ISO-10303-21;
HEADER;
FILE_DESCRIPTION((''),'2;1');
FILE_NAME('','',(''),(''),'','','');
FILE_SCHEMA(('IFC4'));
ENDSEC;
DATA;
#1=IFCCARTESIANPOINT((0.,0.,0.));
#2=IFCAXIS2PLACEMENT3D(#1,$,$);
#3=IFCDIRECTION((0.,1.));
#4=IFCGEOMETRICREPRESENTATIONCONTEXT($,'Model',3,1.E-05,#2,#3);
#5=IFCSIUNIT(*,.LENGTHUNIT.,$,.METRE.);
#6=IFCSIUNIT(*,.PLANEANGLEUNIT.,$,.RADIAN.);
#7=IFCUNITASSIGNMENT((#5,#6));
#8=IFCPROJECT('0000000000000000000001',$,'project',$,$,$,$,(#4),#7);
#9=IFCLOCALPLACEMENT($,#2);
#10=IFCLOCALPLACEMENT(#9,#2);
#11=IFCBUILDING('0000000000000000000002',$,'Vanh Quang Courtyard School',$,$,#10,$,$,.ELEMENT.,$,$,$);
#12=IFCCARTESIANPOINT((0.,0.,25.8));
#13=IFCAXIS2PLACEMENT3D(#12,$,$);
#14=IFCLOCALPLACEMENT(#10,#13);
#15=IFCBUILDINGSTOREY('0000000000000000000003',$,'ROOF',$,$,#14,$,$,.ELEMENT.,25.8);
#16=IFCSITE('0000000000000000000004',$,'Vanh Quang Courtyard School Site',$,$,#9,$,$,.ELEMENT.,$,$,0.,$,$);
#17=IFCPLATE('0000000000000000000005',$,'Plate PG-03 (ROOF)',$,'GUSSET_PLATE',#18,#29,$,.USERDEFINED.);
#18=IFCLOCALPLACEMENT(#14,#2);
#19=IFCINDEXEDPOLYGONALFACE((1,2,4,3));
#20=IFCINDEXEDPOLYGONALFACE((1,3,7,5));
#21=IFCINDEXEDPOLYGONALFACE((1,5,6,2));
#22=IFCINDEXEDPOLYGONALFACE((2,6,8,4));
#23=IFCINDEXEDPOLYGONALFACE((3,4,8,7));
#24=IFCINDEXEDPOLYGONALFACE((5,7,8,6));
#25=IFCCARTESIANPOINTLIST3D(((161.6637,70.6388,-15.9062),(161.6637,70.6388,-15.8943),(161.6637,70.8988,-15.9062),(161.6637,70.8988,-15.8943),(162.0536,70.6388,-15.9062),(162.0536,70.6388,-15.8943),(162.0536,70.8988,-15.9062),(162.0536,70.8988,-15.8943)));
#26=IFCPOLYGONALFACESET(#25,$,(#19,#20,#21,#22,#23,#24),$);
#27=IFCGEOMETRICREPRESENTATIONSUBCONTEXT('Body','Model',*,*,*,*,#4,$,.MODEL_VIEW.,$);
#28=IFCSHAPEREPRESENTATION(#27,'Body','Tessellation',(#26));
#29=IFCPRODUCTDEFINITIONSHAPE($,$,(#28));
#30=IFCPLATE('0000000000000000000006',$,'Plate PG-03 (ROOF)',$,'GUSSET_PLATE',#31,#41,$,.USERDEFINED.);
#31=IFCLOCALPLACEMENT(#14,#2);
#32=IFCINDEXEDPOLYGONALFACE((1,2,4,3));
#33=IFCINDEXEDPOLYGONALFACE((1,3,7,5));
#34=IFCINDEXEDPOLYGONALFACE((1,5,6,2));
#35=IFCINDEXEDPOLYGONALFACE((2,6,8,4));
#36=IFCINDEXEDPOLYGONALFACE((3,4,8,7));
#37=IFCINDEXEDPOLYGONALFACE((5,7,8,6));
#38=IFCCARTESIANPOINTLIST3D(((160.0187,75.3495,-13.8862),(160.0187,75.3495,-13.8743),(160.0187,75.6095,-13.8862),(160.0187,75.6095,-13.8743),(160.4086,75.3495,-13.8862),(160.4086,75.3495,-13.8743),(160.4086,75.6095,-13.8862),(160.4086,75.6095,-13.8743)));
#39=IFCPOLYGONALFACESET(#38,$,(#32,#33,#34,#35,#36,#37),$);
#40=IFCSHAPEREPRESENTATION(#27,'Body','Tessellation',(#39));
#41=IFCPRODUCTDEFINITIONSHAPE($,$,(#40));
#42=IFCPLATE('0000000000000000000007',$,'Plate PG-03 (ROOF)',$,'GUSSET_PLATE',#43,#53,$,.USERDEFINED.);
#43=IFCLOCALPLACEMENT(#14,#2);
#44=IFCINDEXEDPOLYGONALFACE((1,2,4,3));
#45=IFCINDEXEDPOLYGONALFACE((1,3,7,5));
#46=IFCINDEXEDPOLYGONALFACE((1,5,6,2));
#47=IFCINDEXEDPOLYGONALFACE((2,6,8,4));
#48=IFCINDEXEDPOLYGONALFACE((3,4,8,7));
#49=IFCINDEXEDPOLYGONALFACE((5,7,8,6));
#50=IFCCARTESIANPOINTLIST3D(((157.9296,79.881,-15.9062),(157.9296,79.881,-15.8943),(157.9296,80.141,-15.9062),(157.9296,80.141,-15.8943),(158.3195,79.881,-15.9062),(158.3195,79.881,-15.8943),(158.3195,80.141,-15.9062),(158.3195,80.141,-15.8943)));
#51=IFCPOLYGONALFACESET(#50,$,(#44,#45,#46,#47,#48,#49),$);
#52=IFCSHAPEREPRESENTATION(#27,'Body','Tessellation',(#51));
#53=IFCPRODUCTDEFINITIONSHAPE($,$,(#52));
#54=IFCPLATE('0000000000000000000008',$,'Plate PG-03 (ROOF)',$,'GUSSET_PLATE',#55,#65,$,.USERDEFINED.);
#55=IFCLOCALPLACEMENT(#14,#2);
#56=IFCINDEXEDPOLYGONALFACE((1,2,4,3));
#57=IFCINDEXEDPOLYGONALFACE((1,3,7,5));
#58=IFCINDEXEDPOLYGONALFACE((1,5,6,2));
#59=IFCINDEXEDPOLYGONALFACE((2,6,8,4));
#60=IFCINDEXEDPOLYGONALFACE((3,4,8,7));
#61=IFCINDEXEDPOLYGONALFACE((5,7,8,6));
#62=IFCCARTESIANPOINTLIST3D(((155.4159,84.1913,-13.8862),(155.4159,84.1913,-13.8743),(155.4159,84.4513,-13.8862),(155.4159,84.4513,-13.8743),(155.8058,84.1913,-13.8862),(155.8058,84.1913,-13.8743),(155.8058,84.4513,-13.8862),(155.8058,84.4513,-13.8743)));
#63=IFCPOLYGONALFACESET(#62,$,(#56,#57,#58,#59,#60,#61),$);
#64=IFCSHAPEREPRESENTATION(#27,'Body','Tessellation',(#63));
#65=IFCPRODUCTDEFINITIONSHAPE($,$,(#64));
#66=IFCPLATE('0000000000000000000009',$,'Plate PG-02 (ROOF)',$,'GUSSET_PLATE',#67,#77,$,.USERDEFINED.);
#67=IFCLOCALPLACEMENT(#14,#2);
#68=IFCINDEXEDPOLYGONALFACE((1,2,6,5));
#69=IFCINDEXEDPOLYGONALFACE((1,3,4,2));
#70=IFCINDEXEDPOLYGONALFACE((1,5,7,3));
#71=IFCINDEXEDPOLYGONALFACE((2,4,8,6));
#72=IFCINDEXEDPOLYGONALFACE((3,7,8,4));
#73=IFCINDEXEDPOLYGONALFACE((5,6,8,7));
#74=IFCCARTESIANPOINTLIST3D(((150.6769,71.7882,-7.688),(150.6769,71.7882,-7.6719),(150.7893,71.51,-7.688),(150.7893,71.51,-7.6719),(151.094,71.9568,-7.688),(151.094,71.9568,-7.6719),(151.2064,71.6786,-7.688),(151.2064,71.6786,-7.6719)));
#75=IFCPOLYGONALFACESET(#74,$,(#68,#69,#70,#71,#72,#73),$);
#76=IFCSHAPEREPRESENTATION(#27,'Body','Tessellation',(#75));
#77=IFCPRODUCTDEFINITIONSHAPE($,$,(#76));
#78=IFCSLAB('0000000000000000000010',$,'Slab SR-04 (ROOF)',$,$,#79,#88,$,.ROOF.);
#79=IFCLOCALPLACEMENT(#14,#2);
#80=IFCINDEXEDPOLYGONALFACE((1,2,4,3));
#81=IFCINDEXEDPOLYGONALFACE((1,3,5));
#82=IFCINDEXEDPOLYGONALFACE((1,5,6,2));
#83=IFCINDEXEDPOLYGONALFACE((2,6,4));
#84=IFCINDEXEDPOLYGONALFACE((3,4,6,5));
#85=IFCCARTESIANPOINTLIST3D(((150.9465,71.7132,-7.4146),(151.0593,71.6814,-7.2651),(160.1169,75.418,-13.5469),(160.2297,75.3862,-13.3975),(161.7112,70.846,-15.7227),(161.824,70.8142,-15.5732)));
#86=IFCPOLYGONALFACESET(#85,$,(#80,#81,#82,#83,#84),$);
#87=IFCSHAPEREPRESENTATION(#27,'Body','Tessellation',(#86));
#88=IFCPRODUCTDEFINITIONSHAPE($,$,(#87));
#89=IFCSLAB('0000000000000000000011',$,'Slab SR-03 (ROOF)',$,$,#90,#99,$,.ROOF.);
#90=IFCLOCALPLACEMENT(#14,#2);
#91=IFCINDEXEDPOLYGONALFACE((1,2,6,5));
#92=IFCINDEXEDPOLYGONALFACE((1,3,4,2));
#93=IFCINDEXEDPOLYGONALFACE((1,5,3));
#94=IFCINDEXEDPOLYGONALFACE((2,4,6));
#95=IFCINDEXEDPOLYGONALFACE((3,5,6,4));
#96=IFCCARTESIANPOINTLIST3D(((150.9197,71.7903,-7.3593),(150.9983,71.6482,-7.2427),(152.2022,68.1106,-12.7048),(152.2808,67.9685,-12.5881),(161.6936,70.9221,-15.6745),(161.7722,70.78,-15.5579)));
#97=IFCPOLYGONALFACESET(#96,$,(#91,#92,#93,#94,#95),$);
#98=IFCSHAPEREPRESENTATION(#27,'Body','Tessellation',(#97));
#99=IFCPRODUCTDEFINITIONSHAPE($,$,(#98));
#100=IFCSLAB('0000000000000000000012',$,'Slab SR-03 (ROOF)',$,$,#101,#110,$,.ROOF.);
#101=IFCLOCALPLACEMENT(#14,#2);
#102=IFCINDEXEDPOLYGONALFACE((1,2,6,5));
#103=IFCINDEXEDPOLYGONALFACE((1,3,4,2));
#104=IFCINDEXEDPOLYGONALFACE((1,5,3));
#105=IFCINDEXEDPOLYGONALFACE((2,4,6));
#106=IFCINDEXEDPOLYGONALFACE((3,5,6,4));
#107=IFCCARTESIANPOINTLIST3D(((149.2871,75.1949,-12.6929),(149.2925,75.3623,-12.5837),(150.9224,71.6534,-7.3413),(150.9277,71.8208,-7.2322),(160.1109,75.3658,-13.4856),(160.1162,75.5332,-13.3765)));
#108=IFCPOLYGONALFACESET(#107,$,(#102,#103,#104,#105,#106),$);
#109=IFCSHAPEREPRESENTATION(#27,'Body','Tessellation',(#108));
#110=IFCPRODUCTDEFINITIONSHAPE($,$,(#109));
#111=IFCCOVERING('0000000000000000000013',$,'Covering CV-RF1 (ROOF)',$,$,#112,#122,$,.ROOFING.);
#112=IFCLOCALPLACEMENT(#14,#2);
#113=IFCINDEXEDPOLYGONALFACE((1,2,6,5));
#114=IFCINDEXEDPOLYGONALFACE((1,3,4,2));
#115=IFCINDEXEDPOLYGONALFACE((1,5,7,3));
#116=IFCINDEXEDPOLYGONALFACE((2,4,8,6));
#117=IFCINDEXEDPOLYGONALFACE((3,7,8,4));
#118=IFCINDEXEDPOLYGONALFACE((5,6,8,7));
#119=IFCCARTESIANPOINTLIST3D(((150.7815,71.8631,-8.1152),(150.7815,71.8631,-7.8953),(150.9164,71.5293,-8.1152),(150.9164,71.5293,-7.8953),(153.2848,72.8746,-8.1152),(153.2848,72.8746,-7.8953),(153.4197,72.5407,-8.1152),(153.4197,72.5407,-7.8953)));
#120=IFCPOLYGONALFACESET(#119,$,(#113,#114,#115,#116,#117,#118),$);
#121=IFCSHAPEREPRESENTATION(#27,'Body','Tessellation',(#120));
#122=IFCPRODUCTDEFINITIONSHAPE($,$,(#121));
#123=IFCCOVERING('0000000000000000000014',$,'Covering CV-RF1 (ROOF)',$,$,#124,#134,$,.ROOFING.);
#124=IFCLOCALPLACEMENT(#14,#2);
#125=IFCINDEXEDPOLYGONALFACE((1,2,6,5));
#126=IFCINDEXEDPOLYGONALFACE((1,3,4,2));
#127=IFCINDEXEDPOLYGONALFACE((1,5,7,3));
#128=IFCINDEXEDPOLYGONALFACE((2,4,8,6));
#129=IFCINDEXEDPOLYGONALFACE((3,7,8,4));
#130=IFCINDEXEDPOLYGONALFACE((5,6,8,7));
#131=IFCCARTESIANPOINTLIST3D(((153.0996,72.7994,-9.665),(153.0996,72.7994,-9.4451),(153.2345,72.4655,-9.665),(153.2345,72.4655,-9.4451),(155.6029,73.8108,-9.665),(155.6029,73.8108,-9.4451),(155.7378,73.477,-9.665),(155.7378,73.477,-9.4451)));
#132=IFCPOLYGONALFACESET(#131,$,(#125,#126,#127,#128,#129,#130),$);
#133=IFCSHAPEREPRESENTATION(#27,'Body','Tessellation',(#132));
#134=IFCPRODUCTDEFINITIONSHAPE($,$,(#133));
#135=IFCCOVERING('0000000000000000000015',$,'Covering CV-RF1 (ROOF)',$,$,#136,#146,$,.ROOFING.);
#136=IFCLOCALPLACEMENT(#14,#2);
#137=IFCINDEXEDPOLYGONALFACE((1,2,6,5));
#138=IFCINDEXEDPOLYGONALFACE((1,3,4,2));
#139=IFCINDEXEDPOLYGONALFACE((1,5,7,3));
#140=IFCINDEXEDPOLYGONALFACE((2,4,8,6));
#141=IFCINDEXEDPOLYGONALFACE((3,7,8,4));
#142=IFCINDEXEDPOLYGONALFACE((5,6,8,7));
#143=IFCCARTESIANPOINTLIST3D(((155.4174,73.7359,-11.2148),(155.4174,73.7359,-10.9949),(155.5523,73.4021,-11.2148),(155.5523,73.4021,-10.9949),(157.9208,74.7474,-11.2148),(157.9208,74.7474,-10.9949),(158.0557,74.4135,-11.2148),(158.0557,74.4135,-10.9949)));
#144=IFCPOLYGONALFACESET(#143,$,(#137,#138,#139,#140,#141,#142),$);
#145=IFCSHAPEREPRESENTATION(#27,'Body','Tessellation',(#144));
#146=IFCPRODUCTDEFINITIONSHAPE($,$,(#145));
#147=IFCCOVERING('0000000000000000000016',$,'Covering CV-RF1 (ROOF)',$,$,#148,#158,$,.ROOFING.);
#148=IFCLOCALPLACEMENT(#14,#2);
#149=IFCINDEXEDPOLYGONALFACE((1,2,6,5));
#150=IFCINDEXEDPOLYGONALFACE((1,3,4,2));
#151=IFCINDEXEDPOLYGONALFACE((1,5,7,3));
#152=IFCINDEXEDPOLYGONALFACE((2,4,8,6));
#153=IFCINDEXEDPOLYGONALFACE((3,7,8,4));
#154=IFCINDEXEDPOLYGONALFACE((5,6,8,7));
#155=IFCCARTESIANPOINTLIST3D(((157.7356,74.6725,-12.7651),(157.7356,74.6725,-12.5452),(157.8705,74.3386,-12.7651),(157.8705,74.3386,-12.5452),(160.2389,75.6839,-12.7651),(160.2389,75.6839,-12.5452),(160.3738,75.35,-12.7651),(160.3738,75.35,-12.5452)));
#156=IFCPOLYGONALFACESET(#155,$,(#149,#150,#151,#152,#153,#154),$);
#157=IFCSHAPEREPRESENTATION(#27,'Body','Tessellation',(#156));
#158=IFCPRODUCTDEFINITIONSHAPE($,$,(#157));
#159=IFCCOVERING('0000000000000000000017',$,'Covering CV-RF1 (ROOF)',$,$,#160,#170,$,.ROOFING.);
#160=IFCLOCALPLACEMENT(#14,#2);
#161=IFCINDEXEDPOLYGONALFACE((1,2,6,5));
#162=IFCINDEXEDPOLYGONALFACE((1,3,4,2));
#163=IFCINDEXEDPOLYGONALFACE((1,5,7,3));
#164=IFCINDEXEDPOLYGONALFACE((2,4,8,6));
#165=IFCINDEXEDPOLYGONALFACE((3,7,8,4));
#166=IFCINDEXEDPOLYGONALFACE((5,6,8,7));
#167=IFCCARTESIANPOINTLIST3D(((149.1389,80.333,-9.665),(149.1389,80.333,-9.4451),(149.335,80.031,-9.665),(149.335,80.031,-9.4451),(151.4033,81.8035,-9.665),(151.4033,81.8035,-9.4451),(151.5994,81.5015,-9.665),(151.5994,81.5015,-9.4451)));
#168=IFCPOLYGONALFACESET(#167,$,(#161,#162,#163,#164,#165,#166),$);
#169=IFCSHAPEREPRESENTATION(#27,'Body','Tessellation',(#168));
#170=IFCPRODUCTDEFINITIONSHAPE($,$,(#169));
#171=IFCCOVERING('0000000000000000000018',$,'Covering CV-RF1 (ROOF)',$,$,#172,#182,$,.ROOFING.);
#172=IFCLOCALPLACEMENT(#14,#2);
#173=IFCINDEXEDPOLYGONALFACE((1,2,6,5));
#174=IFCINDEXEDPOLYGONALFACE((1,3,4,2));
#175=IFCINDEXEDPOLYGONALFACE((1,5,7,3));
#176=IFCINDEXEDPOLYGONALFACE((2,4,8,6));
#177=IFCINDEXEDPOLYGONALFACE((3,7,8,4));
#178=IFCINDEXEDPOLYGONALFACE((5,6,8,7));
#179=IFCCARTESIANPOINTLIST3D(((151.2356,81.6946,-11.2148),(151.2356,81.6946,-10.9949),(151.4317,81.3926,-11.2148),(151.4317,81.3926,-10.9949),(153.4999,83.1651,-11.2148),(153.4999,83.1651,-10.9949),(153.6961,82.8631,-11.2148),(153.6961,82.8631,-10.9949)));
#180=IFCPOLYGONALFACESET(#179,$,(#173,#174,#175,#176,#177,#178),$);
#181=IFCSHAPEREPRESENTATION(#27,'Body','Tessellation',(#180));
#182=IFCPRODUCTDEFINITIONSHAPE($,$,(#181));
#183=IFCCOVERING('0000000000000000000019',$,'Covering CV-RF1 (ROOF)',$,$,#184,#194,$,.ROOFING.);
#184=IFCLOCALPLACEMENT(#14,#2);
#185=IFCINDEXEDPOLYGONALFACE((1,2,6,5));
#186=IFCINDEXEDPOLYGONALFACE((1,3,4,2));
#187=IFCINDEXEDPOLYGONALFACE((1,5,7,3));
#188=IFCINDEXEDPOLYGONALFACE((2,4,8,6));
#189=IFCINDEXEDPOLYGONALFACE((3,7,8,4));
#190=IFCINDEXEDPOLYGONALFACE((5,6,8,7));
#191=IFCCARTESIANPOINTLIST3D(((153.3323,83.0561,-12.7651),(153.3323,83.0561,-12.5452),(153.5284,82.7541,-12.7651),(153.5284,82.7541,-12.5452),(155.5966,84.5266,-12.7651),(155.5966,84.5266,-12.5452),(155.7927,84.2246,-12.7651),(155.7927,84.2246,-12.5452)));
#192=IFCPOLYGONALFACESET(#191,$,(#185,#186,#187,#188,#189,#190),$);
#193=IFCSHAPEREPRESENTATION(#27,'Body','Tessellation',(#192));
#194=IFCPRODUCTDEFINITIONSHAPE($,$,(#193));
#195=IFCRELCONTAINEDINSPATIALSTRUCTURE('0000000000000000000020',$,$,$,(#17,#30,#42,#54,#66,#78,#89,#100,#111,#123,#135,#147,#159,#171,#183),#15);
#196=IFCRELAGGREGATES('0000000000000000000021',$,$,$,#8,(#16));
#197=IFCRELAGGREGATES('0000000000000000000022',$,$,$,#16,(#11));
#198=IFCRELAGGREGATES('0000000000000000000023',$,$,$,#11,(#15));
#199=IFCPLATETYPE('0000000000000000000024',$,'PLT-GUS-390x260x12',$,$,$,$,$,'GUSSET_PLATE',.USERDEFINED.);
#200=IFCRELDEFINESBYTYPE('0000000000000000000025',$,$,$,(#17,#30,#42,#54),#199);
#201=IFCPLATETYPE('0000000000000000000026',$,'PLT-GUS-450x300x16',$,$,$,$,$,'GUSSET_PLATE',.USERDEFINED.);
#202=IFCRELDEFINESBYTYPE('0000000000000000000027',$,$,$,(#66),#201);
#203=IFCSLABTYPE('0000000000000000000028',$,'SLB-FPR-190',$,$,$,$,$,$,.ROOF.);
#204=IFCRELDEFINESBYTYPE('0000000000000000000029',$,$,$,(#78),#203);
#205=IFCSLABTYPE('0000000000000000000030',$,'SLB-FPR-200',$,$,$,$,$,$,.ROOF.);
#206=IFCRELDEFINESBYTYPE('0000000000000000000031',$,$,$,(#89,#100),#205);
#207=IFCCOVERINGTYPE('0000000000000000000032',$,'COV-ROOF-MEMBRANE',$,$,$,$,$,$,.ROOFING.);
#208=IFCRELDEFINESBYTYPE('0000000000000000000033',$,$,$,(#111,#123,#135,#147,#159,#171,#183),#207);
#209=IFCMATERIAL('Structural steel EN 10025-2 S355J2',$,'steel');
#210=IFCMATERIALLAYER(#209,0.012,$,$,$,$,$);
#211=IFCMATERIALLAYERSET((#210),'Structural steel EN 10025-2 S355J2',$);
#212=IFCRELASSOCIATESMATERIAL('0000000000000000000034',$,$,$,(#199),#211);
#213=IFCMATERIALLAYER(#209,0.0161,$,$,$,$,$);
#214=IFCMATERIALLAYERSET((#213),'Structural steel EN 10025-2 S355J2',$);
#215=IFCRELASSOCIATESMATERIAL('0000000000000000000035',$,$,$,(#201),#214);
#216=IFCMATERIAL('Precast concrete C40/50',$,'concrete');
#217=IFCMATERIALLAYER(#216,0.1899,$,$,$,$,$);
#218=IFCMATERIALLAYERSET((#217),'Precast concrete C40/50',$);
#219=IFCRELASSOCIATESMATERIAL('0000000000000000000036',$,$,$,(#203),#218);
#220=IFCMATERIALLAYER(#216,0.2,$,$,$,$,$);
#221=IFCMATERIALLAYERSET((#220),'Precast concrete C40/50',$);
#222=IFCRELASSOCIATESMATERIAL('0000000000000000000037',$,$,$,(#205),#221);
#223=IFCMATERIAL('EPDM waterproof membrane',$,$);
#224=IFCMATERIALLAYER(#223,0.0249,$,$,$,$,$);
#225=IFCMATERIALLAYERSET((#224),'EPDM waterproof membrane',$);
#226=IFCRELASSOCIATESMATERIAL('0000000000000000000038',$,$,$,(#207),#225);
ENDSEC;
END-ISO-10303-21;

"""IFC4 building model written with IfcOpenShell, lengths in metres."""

from ifc_helpers import new_model, si_unit, direction, frame, origin, origin_2d, place, context, subcontext, project, spatial, polyline, rectangle, outline, extrude, material, layer, layer_set, type_object, element, save


model = new_model("IFC4")

# Units and contexts
model_context = context("Model", 3, precision=1e-05, world=origin(), true_north=direction((0.0, 1.0)))
body_context = subcontext(model_context, "Body", "Model", "MODEL_VIEW")
ifc_project = project(units=[si_unit("LENGTHUNIT", "METRE"), si_unit("PLANEANGLEUNIT", "RADIAN")], contexts=[model_context])

# Site, building, storey
site_placement = place(None, origin())
site = spatial("IfcSite", under=ifc_project, at=site_placement, Name="Vanh Quang Courtyard School Site", CompositionType="ELEMENT", RefElevation=0.0)
building_placement = place(site_placement, origin())
building = spatial("IfcBuilding", under=site, at=building_placement, Name="Vanh Quang Courtyard School", CompositionType="ELEMENT")
storey_placement = place(building_placement, frame((0.0, 0.0, 25.8)))
storey = spatial("IfcBuildingStorey", under=building, at=storey_placement, Name="ROOF", CompositionType="ELEMENT", Elevation=25.8)

# Shared definitions
ifc_material_1 = material(Name="Structural steel EN 10025-2 S355J2", Category="steel")

# Plates
ifc_layer_1 = layer(ifc_material_1, 0.012)
ifc_layer_set_1 = layer_set([ifc_layer_1], Name="Structural steel EN 10025-2 S355J2")
plate_type_1 = type_object("IfcPlateType", Name="PLT-GUS-390x260x12", ElementType="GUSSET_PLATE", PredefinedType="USERDEFINED", material=ifc_layer_set_1)
for number, where, z_axis, x_axis, name in (
    (1, (161.8586, 70.7688, -15.9062), (0.0, 0.0, 1.0), (1.0, 0.0, 0.0), "Plate PG-03 (ROOF)"),
    (2, (160.2136, 75.4795, -13.8862), (0.0, 0.0, 1.0), (1.0, 0.0, 0.0), "Plate PG-03 (ROOF)"),
    (3, (158.1245, 80.011, -15.9062), (0.0, 0.0, 1.0), (1.0, 0.0, 0.0), "Plate PG-03 (ROOF)"),
    (4, (155.6108, 84.3213, -13.8862), (0.0, 0.0, 1.0), (1.0, 0.0, 0.0), "Plate PG-03 (ROOF)"),
):
    element("IfcPlate", number, at=place(storey_placement, frame(where, z_axis=z_axis, x_axis=x_axis)), inside=storey, type_object=plate_type_1, Name=name, ObjectType="GUSSET_PLATE", PredefinedType="USERDEFINED", context=body_context, shape_type="SweptSolid", body=[
        extrude(rectangle(XDim=0.3899, YDim=0.26, at=origin_2d()), origin(), (0.0, 0.0, 1.0), 0.012),
    ])
ifc_layer_2 = layer(ifc_material_1, 0.0161)
ifc_layer_set_2 = layer_set([ifc_layer_2], Name="Structural steel EN 10025-2 S355J2")
plate_type_2 = type_object("IfcPlateType", Name="PLT-GUS-450x300x16", ElementType="GUSSET_PLATE", PredefinedType="USERDEFINED", material=ifc_layer_set_2)
plate_placement = place(storey_placement, frame((150.9417, 71.7334, -7.688), z_axis=(0.0, 0.0, 1.0), x_axis=(0.927184, 0.374607, 0.0)))
element("IfcPlate", 5, at=plate_placement, inside=storey, type_object=plate_type_2, Name="Plate PG-02 (ROOF)", ObjectType="GUSSET_PLATE", PredefinedType="USERDEFINED", context=body_context, shape_type="SweptSolid", body=[
    extrude(rectangle(XDim=0.45, YDim=0.3, at=origin_2d()), origin(), (0.0, 0.0, 1.0), 0.0161),
])

# Slabs
ifc_material_2 = material(Name="Precast concrete C40/50", Category="concrete")
ifc_layer_3 = layer(ifc_material_2, 0.1899)
ifc_layer_set_3 = layer_set([ifc_layer_3], Name="Precast concrete C40/50")
slab_type_1 = type_object("IfcSlabType", Name="SLB-FPR-190", PredefinedType="ROOF", material=ifc_layer_set_3)
slab_1_placement = place(storey_placement, frame((151.0593, 71.6814, -7.2651), z_axis=(0.593874, -0.16742, 0.786946), x_axis=(0.790037, -0.063644, -0.609747)))
element("IfcSlab", 6, at=slab_1_placement, inside=storey, type_object=slab_type_1, Name="Slab SR-04 (ROOF)", PredefinedType="ROOF", context=body_context, shape_type="SweptSolid", body=[
    extrude(outline(polyline([(0.0, 0.0), (13.6255, 0.0), (10.7483, 4.461), (0.0, 0.0)])), origin(), (0.0, 0.0, -1.0), 0.1899),
])
ifc_layer_4 = layer(ifc_material_2, 0.2)
ifc_layer_set_4 = layer_set([ifc_layer_4], Name="Precast concrete C40/50")
slab_type_2 = type_object("IfcSlabType", Name="SLB-FPR-200", PredefinedType="ROOF", material=ifc_layer_set_4)
slab_2_placement = place(storey_placement, frame((152.2808, 67.9685, -12.5881), z_axis=(0.393073, -0.710649, 0.583499), x_axis=(0.918382, 0.27204, -0.287347)))
element("IfcSlab", 7, at=slab_2_placement, inside=storey, type_object=slab_type_2, Name="Slab SR-03 (ROOF)", PredefinedType="ROOF", context=body_context, shape_type="SweptSolid", body=[
    extrude(outline(polyline([(0.0, 0.0), (10.335, 0.0), (-1.7128, 6.3895), (0.0, 0.0)])), origin(), (0.0, 0.0, -1.0), 0.2),
])
slab_3_placement = place(storey_placement, frame((150.9277, 71.8208, -7.2322), z_axis=(0.026765, 0.837376, 0.545972), x_axis=(0.788015, 0.31838, -0.526941)))
element("IfcSlab", 8, at=slab_3_placement, inside=storey, type_object=slab_type_2, Name="Slab SR-03 (ROOF)", PredefinedType="ROOF", context=body_context, shape_type="SweptSolid", body=[
    extrude(outline(polyline([(0.0, 0.0), (11.6603, 0.0), (2.6589, 6.0651), (0.0, 0.0)])), origin(), (0.0, 0.0, -1.0), 0.2),
])

# Coverings
ifc_material_3 = material(Name="EPDM waterproof membrane")
ifc_layer_5 = layer(ifc_material_3, 0.0249)
ifc_layer_set_5 = layer_set([ifc_layer_5], Name="EPDM waterproof membrane")
covering_type = type_object("IfcCoveringType", Name="COV-ROOF-MEMBRANE", PredefinedType="ROOFING", material=ifc_layer_set_5)
for number, where, z_axis, x_axis, name in (
    (9, (152.1006, 72.2019, -8.1152), (0.0, 0.0, 1.0), (0.927184, 0.374607, 0.0), "Covering CV-RF1 (ROOF)"),
    (10, (154.4187, 73.1382, -9.665), (0.0, 0.0, 1.0), (0.927184, 0.374607, 0.0), "Covering CV-RF1 (ROOF)"),
    (11, (156.7366, 74.0747, -11.2148), (0.0, 0.0, 1.0), (0.927184, 0.374607, 0.0), "Covering CV-RF1 (ROOF)"),
    (12, (159.0547, 75.0112, -12.7651), (0.0, 0.0, 1.0), (0.927184, 0.374607, 0.0), "Covering CV-RF1 (ROOF)"),
    (13, (150.3691, 80.9172, -9.665), (0.0, 0.0, 1.0), (0.838671, 0.544639, 0.0), "Covering CV-RF1 (ROOF)"),
    (14, (152.4658, 82.2788, -11.2148), (0.0, 0.0, 1.0), (0.838671, 0.544639, 0.0), "Covering CV-RF1 (ROOF)"),
    (15, (154.5625, 83.6404, -12.7651), (0.0, 0.0, 1.0), (0.838671, 0.544639, 0.0), "Covering CV-RF1 (ROOF)"),
):
    element("IfcCovering", number, at=place(storey_placement, frame(where, z_axis=z_axis, x_axis=x_axis)), inside=storey, type_object=covering_type, Name=name, PredefinedType="ROOFING", context=body_context, shape_type="SweptSolid", body=[
        extrude(rectangle(XDim=2.7, YDim=0.3601, at=origin_2d()), origin(), (0.0, 0.0, 1.0), 0.22),
    ])

save(model, "model.ifc")
